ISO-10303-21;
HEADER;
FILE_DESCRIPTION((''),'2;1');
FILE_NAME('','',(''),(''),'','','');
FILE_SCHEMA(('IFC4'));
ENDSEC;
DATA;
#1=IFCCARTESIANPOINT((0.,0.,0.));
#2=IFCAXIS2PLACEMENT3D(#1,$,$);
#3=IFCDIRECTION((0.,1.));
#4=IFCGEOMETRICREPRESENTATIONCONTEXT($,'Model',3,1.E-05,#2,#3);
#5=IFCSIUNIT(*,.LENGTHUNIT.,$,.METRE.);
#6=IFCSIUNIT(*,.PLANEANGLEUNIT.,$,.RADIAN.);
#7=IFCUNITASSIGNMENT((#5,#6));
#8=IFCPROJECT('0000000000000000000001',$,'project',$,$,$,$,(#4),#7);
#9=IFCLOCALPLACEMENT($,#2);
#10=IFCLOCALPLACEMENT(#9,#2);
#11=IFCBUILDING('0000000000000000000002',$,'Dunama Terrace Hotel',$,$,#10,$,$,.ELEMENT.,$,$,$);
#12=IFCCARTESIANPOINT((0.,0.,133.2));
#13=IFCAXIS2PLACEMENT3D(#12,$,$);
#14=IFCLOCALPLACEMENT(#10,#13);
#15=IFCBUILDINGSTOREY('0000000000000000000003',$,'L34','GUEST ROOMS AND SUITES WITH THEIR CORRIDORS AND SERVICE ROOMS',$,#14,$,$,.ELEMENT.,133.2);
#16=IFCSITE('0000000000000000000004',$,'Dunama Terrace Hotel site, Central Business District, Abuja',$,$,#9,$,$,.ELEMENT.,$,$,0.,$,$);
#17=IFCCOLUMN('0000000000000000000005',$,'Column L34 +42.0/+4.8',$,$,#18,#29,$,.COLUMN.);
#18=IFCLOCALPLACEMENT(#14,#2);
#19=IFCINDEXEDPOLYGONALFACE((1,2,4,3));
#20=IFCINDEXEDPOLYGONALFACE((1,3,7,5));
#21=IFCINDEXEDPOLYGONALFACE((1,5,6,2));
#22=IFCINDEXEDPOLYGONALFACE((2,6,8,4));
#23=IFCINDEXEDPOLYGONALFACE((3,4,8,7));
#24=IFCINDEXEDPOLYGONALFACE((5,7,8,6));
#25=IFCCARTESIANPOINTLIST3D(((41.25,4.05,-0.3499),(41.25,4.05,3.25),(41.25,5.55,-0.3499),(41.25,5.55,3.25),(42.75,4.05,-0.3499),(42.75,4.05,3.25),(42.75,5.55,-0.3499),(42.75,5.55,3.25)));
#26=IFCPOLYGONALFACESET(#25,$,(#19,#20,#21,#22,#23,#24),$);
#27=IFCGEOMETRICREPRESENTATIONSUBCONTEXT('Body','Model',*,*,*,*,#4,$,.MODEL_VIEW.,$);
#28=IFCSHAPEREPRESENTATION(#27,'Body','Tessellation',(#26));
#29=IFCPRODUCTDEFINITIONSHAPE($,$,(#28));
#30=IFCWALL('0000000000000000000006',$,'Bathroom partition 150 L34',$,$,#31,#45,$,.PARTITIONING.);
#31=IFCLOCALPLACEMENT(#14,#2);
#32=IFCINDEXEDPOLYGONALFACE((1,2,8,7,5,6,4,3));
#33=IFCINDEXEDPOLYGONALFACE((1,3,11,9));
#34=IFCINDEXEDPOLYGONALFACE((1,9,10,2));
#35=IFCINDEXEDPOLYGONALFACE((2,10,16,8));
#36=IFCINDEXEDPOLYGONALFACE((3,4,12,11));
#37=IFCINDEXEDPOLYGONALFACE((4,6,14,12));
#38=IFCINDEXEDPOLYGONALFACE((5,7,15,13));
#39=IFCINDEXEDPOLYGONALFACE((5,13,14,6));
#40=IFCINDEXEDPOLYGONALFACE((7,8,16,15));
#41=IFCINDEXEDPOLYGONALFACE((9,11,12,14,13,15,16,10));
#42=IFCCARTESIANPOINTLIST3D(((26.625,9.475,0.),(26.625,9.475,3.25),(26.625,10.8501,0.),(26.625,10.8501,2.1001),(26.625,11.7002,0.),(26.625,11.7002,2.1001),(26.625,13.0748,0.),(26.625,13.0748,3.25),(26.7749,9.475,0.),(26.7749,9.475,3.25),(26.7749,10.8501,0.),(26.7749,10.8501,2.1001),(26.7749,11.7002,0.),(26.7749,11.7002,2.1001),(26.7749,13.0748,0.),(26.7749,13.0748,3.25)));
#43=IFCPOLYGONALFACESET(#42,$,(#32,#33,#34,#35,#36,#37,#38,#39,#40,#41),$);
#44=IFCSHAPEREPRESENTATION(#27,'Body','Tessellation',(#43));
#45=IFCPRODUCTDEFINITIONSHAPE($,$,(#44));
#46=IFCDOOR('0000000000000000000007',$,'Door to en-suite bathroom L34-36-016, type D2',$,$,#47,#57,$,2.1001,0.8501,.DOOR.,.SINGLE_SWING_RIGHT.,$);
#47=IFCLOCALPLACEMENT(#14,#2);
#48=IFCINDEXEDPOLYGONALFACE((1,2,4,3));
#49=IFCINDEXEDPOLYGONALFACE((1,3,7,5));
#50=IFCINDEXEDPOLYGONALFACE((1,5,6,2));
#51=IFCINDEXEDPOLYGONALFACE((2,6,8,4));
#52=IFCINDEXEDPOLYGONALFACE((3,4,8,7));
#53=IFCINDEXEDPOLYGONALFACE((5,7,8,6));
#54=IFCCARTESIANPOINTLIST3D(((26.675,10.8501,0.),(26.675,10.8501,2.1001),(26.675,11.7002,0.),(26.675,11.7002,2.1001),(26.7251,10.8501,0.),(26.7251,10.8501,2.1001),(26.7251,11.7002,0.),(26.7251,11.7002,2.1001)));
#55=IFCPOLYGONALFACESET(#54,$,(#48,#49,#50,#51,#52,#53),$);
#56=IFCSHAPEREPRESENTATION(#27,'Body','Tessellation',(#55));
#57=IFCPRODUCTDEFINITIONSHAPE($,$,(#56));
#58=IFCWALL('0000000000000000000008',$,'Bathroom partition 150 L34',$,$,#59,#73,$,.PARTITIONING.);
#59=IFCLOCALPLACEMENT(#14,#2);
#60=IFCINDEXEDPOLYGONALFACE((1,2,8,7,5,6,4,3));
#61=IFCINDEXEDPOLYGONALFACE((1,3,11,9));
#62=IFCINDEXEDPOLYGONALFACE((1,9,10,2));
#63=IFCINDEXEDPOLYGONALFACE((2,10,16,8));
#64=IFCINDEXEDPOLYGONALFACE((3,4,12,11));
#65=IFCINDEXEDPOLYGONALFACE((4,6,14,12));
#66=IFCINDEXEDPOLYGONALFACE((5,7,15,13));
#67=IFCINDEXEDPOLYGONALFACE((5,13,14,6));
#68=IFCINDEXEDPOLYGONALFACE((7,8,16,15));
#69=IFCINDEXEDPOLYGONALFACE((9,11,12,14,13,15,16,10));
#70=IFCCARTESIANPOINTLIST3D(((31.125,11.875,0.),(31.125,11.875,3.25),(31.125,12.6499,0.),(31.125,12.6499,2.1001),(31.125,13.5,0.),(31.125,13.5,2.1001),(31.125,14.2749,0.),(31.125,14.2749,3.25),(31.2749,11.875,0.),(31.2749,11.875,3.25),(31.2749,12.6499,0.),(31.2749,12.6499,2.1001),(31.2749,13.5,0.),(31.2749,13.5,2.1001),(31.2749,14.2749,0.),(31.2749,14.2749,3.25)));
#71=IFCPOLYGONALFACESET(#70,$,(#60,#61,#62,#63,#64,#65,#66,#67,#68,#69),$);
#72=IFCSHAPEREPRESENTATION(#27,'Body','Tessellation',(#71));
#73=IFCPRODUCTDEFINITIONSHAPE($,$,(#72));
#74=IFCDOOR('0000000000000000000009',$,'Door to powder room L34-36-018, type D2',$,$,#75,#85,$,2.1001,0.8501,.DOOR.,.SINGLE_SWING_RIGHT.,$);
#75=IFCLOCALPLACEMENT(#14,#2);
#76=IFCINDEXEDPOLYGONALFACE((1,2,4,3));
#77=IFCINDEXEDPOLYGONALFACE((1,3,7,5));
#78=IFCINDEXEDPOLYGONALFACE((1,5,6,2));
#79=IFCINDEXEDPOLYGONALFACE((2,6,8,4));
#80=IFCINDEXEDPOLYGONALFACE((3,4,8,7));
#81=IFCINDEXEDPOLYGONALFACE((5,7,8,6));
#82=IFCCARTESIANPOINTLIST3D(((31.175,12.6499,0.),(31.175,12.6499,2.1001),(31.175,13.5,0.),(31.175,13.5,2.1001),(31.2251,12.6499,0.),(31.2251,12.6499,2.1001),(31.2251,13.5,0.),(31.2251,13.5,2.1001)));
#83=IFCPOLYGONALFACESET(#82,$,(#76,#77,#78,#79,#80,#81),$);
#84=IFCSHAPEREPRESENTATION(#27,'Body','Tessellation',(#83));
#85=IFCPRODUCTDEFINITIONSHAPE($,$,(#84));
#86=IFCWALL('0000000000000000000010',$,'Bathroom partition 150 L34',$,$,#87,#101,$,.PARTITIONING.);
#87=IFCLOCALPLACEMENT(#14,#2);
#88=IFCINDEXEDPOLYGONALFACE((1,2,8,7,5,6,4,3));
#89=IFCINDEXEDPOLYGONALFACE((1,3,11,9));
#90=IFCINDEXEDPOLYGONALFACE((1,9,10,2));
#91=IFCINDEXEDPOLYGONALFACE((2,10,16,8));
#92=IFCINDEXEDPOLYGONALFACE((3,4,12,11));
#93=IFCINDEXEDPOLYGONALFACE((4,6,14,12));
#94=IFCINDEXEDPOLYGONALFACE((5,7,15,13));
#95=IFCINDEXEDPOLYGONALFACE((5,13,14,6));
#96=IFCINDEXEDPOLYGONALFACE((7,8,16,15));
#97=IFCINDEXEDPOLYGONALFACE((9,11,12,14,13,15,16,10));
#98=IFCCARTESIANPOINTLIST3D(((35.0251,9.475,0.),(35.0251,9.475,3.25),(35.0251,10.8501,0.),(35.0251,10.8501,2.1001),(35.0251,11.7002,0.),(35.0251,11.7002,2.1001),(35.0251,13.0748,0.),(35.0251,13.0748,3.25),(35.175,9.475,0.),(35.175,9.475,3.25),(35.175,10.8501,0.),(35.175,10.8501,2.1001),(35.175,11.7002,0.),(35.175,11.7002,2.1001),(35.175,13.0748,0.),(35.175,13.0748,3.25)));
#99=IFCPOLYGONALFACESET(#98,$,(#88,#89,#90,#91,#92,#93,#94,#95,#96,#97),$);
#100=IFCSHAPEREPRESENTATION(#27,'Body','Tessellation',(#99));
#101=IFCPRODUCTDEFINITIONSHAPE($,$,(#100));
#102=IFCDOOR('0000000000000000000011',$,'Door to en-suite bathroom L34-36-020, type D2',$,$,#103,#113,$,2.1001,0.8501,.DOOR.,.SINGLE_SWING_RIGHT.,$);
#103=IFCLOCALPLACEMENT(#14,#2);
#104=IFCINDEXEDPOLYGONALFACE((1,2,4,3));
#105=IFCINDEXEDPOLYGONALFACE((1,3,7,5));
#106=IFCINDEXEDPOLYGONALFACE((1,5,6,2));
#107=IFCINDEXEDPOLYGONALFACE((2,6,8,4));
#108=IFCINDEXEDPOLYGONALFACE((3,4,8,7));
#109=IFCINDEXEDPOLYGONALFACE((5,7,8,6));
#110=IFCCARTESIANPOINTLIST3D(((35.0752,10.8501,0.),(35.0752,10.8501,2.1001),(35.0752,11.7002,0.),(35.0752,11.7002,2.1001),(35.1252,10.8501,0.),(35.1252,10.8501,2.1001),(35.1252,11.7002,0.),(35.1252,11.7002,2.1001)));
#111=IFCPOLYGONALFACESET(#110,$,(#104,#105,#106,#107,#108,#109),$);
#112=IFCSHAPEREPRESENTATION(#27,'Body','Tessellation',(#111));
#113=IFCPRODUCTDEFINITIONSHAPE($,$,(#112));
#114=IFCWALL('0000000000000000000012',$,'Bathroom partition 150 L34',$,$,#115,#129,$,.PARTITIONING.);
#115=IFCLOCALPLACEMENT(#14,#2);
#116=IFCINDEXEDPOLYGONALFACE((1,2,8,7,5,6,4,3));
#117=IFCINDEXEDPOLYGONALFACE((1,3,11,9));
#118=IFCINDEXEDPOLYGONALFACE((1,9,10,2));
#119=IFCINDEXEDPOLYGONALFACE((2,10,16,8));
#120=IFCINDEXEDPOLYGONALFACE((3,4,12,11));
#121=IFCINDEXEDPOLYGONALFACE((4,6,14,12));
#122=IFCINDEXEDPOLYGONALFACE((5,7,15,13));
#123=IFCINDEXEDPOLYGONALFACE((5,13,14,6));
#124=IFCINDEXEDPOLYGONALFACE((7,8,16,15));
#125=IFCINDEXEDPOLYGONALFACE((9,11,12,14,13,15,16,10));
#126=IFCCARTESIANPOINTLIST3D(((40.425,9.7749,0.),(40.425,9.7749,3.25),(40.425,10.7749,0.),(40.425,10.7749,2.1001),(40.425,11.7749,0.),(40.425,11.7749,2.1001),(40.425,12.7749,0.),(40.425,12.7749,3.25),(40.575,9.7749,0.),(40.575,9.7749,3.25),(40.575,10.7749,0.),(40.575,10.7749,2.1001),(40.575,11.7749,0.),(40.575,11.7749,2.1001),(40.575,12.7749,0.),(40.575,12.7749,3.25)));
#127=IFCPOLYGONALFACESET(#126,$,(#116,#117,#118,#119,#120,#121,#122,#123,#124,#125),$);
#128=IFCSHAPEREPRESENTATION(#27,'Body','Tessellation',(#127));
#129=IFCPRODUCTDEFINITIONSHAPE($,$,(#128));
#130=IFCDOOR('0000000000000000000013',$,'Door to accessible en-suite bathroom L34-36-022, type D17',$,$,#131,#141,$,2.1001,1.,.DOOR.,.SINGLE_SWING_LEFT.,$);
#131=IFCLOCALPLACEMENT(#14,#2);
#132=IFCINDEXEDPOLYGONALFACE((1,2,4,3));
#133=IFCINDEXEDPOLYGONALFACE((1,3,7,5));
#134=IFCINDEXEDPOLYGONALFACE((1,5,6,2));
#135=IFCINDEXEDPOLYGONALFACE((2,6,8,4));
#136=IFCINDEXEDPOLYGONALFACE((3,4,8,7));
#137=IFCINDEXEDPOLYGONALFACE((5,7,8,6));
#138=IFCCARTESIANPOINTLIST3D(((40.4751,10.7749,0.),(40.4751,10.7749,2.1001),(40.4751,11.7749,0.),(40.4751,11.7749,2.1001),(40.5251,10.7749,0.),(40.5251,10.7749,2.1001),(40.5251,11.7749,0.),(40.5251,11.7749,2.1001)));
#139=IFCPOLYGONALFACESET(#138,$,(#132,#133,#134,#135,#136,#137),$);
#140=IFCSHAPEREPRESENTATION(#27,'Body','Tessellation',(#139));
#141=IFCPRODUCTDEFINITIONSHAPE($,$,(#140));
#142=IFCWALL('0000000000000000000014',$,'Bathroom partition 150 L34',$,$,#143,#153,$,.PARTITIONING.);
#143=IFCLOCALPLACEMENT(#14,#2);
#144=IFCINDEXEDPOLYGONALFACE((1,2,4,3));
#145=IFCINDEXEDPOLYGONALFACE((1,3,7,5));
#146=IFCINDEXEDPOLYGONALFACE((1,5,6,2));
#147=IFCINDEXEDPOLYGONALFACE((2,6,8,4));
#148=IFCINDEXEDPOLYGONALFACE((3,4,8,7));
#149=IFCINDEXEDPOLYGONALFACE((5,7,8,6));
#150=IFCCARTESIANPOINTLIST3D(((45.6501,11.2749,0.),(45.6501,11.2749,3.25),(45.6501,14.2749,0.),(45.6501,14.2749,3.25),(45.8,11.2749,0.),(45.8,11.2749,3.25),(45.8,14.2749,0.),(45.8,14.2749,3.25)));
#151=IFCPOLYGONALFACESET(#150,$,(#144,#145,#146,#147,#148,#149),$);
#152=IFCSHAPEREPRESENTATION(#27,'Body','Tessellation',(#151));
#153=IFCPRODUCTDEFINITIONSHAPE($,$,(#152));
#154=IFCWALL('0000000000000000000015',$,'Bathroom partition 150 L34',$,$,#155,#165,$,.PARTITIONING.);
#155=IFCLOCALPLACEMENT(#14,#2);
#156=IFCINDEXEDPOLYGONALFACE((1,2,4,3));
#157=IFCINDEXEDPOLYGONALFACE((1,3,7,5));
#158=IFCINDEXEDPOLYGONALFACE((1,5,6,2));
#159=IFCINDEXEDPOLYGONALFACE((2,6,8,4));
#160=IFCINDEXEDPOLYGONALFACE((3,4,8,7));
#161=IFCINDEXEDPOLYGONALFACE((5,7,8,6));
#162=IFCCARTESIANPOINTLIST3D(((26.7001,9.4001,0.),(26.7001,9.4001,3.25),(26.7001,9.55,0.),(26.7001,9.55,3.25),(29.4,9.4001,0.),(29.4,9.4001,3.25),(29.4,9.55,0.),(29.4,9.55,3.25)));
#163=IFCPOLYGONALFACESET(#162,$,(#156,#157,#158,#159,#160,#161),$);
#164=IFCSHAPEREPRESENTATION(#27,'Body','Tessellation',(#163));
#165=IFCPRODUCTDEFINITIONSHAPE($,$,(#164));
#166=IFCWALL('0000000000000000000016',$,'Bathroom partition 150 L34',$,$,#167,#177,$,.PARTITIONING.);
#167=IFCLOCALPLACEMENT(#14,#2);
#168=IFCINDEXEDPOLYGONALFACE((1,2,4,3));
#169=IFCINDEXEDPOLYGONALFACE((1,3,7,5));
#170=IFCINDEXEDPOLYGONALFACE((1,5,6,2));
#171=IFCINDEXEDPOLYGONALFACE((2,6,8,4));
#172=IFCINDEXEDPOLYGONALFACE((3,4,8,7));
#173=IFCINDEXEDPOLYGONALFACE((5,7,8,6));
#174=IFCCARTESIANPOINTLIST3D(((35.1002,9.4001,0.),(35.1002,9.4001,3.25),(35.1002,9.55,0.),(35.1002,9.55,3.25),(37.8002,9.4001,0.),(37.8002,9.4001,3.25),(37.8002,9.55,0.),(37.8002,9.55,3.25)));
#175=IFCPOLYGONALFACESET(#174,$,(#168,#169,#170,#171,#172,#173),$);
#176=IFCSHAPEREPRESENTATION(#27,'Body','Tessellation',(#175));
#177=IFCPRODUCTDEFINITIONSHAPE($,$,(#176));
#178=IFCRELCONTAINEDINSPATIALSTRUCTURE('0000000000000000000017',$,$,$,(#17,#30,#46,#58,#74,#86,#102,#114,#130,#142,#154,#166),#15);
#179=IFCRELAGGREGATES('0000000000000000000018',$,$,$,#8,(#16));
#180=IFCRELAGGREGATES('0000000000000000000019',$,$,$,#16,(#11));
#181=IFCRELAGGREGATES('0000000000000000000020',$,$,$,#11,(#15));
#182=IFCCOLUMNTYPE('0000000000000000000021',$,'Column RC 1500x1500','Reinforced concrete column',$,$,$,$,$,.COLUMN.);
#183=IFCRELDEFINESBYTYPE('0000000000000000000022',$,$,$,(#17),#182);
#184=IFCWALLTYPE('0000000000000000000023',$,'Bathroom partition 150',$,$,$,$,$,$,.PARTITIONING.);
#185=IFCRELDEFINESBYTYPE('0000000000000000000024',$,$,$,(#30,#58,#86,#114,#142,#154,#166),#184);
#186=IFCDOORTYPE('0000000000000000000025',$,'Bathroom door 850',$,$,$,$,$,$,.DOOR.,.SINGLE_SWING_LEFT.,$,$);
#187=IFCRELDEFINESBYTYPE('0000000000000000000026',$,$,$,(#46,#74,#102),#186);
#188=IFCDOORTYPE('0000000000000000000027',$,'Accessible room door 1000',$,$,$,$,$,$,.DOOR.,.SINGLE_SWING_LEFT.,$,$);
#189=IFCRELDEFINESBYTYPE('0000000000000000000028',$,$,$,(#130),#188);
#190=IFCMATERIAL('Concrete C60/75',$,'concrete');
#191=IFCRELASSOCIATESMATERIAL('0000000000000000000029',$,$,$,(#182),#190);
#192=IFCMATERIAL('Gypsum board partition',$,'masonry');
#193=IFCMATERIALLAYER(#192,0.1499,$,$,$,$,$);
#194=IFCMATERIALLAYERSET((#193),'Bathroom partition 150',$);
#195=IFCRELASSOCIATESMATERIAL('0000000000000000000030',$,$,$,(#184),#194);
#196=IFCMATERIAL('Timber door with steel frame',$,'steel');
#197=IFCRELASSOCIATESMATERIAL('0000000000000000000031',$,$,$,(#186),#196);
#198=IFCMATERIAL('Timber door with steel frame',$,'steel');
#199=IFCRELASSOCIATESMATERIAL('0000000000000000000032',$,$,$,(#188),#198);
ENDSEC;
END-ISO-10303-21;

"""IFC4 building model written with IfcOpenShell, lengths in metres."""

from ifc_helpers import new_model, si_unit, direction, frame, frame_2d, origin, origin_2d, place, context, subcontext, project, spatial, rectangle, extrude, material, layer, layer_set, material_profile, profile_set, type_object, element, fill, save


model = new_model("IFC4")

# Units and contexts
model_context = context("Model", 3, precision=1e-05, world=origin(), true_north=direction((0.0, 1.0)))
body_context = subcontext(model_context, "Body", "Model", "MODEL_VIEW")
ifc_project = project(units=[si_unit("LENGTHUNIT", "METRE"), si_unit("PLANEANGLEUNIT", "RADIAN")], contexts=[model_context])

# Site, building, storey
site_placement = place(None, origin())
site = spatial("IfcSite", under=ifc_project, at=site_placement, Name="Dunama Terrace Hotel site, Central Business District, Abuja", CompositionType="ELEMENT", RefElevation=0.0)
building_placement = place(site_placement, origin())
building = spatial("IfcBuilding", under=site, at=building_placement, Name="Dunama Terrace Hotel", CompositionType="ELEMENT")
storey_placement = place(building_placement, frame((0.0, 0.0, 133.2)))
storey = spatial("IfcBuildingStorey", under=building, at=storey_placement, Name="L34", Description="GUEST ROOMS AND SUITES WITH THEIR CORRIDORS AND SERVICE ROOMS", CompositionType="ELEMENT", Elevation=133.2)

# Column
ifc_material_1 = material(Name="Concrete C60/75", Category="concrete")
ifc_material_profile = material_profile(ifc_material_1, rectangle(XDim=1.5, YDim=1.5, at=origin_2d()), Name="RC 1500x1500")
ifc_profile_set = profile_set([ifc_material_profile], Name="Concrete C60/75")
column_type = type_object("IfcColumnType", Name="Column RC 1500x1500", Description="Reinforced concrete column", PredefinedType="COLUMN", material=ifc_profile_set)
column_placement = place(storey_placement, frame((42.0, 4.8, -0.3499), z_axis=(0.0, 0.0, 1.0), x_axis=(1.0, 0.0, 0.0)))
element("IfcColumn", 1, at=column_placement, inside=storey, type_object=column_type, Name="Column L34 +42.0/+4.8", PredefinedType="COLUMN", context=body_context, shape_type="SweptSolid", body=[
    extrude(rectangle(XDim=1.5, YDim=1.5, at=origin_2d()), origin(), (0.0, 0.0, 1.0), 3.5999),
])

# Walls, openings, doors
ifc_material_2 = material(Name="Gypsum board partition", Category="masonry")
ifc_layer = layer(ifc_material_2, 0.1499)
ifc_layer_set = layer_set([ifc_layer], Name="Bathroom partition 150")
wall_type = type_object("IfcWallType", Name="Bathroom partition 150", PredefinedType="PARTITIONING", material=ifc_layer_set)
wall_1_placement = place(storey_placement, frame((26.7, 9.4751, 0.0), z_axis=(0.0, 0.0, 1.0), x_axis=(0.0, 1.0, 0.0)))
wall_1 = element("IfcWall", 2, at=wall_1_placement, inside=storey, type_object=wall_type, Name="Bathroom partition 150 L34", PredefinedType="PARTITIONING", context=body_context, shape_type="SweptSolid", body=[
    extrude(rectangle(XDim=3.5999, YDim=0.1499, at=frame_2d((1.7998, 0.0))), origin(), (0.0, 0.0, 1.0), 3.25),
])
opening_1_placement = place(wall_1_placement, frame((1.375, 0.0, 0.0)))
opening_1 = element("IfcOpeningElement", 3, at=opening_1_placement, cuts=wall_1, PredefinedType="OPENING", context=body_context, shape_type="SweptSolid", body=[
    extrude(rectangle(XDim=0.8501, YDim=2.1001, at=frame_2d((0.425, 1.05))), frame((0.0, 0.085, 0.0), z_axis=(0.0, -1.0, 0.0), x_axis=(1.0, 0.0, 0.0)), (0.0, 0.0, 1.0), 0.1699),
])
ifc_material_3 = material(Name="Timber door with steel frame", Category="steel")
door_type_1 = type_object("IfcDoorType", Name="Bathroom door 850", OperationType="SINGLE_SWING_LEFT", PredefinedType="DOOR", material=ifc_material_3)
door_1_placement = place(opening_1_placement, frame((0.8501, 0.0, 0.0), z_axis=(0.0, 0.0, 1.0), x_axis=(-1.0, 0.0, 0.0)))
door_1 = element("IfcDoor", 4, at=door_1_placement, inside=storey, type_object=door_type_1, Name="Door to en-suite bathroom L34-36-016, type D2", OperationType="SINGLE_SWING_RIGHT", OverallHeight=2.1001, OverallWidth=0.8501, PredefinedType="DOOR", context=body_context, shape_type="SweptSolid", body=[
    extrude(rectangle(XDim=0.8501, YDim=2.1001, at=frame_2d((0.425, 1.05))), frame((0.0, 0.0251, 0.0), z_axis=(0.0, -1.0, 0.0), x_axis=(1.0, 0.0, 0.0)), (0.0, 0.0, 1.0), 0.05),
])
fill(opening_1, door_1)
wall_2_placement = place(storey_placement, frame((31.2, 11.875, 0.0), z_axis=(0.0, 0.0, 1.0), x_axis=(0.0, 1.0, 0.0)))
wall_2 = element("IfcWall", 5, at=wall_2_placement, inside=storey, type_object=wall_type, Name="Bathroom partition 150 L34", PredefinedType="PARTITIONING", context=body_context, shape_type="SweptSolid", body=[
    extrude(rectangle(XDim=2.3999, YDim=0.1499, at=frame_2d((1.2, 0.0))), origin(), (0.0, 0.0, 1.0), 3.25),
])
opening_2_placement = place(wall_2_placement, frame((0.7749, 0.0, 0.0)))
opening_2 = element("IfcOpeningElement", 6, at=opening_2_placement, cuts=wall_2, PredefinedType="OPENING", context=body_context, shape_type="SweptSolid", body=[
    extrude(rectangle(XDim=0.8501, YDim=2.1001, at=frame_2d((0.425, 1.05))), frame((0.0, 0.085, 0.0), z_axis=(0.0, -1.0, 0.0), x_axis=(1.0, 0.0, 0.0)), (0.0, 0.0, 1.0), 0.1699),
])
door_2_placement = place(opening_2_placement, origin())
door_2 = element("IfcDoor", 7, at=door_2_placement, inside=storey, type_object=door_type_1, Name="Door to powder room L34-36-018, type D2", OperationType="SINGLE_SWING_RIGHT", OverallHeight=2.1001, OverallWidth=0.8501, PredefinedType="DOOR", context=body_context, shape_type="SweptSolid", body=[
    extrude(rectangle(XDim=0.8501, YDim=2.1001, at=frame_2d((0.425, 1.05))), frame((0.0, 0.0249, 0.0), z_axis=(0.0, -1.0, 0.0), x_axis=(1.0, 0.0, 0.0)), (0.0, 0.0, 1.0), 0.05),
])
fill(opening_2, door_2)
wall_3_placement = place(storey_placement, frame((35.1001, 9.4751, 0.0), z_axis=(0.0, 0.0, 1.0), x_axis=(0.0, 1.0, 0.0)))
wall_3 = element("IfcWall", 8, at=wall_3_placement, inside=storey, type_object=wall_type, Name="Bathroom partition 150 L34", PredefinedType="PARTITIONING", context=body_context, shape_type="SweptSolid", body=[
    extrude(rectangle(XDim=3.5999, YDim=0.1499, at=frame_2d((1.7998, 0.0))), origin(), (0.0, 0.0, 1.0), 3.25),
])
opening_3_placement = place(wall_3_placement, frame((1.375, 0.0, 0.0)))
opening_3 = element("IfcOpeningElement", 9, at=opening_3_placement, cuts=wall_3, PredefinedType="OPENING", context=body_context, shape_type="SweptSolid", body=[
    extrude(rectangle(XDim=0.8501, YDim=2.1001, at=frame_2d((0.425, 1.05))), frame((0.0, 0.085, 0.0), z_axis=(0.0, -1.0, 0.0), x_axis=(1.0, 0.0, 0.0)), (0.0, 0.0, 1.0), 0.1699),
])
door_3_placement = place(opening_3_placement, frame((0.8501, 0.0, 0.0), z_axis=(0.0, 0.0, 1.0), x_axis=(-1.0, 0.0, 0.0)))
door_3 = element("IfcDoor", 10, at=door_3_placement, inside=storey, type_object=door_type_1, Name="Door to en-suite bathroom L34-36-020, type D2", OperationType="SINGLE_SWING_RIGHT", OverallHeight=2.1001, OverallWidth=0.8501, PredefinedType="DOOR", context=body_context, shape_type="SweptSolid", body=[
    extrude(rectangle(XDim=0.8501, YDim=2.1001, at=frame_2d((0.425, 1.05))), frame((0.0, 0.0251, 0.0), z_axis=(0.0, -1.0, 0.0), x_axis=(1.0, 0.0, 0.0)), (0.0, 0.0, 1.0), 0.05),
])
fill(opening_3, door_3)
wall_4_placement = place(storey_placement, frame((40.5, 9.7749, 0.0), z_axis=(0.0, 0.0, 1.0), x_axis=(0.0, 1.0, 0.0)))
wall_4 = element("IfcWall", 11, at=wall_4_placement, inside=storey, type_object=wall_type, Name="Bathroom partition 150 L34", PredefinedType="PARTITIONING", context=body_context, shape_type="SweptSolid", body=[
    extrude(rectangle(XDim=3.0, YDim=0.1499, at=frame_2d((1.5, 0.0))), origin(), (0.0, 0.0, 1.0), 3.25),
])
opening_4_placement = place(wall_4_placement, frame((1.0, 0.0, 0.0)))
opening_4 = element("IfcOpeningElement", 12, at=opening_4_placement, cuts=wall_4, PredefinedType="OPENING", context=body_context, shape_type="SweptSolid", body=[
    extrude(rectangle(XDim=1.0, YDim=2.1001, at=frame_2d((0.5, 1.05))), frame((0.0, 0.085, 0.0), z_axis=(0.0, -1.0, 0.0), x_axis=(1.0, 0.0, 0.0)), (0.0, 0.0, 1.0), 0.1699),
])
ifc_material_4 = material(Name="Timber door with steel frame", Category="steel")
door_type_2 = type_object("IfcDoorType", Name="Accessible room door 1000", OperationType="SINGLE_SWING_LEFT", PredefinedType="DOOR", material=ifc_material_4)
door_4_placement = place(opening_4_placement, origin())
door_4 = element("IfcDoor", 13, at=door_4_placement, inside=storey, type_object=door_type_2, Name="Door to accessible en-suite bathroom L34-36-022, type D17", OperationType="SINGLE_SWING_LEFT", OverallHeight=2.1001, OverallWidth=1.0, PredefinedType="DOOR", context=body_context, shape_type="SweptSolid", body=[
    extrude(rectangle(XDim=1.0, YDim=2.1001, at=frame_2d((0.5, 1.05))), frame((0.0, 0.0249, 0.0), z_axis=(0.0, -1.0, 0.0), x_axis=(1.0, 0.0, 0.0)), (0.0, 0.0, 1.0), 0.05),
])
fill(opening_4, door_4)

# Walls
wall_5_placement = place(storey_placement, frame((45.7251, 11.2749, 0.0), z_axis=(0.0, 0.0, 1.0), x_axis=(0.0, 1.0, 0.0)))
element("IfcWall", 14, at=wall_5_placement, inside=storey, type_object=wall_type, Name="Bathroom partition 150 L34", PredefinedType="PARTITIONING", context=body_context, shape_type="SweptSolid", body=[
    extrude(rectangle(XDim=3.0, YDim=0.1499, at=frame_2d((1.5, 0.0))), origin(), (0.0, 0.0, 1.0), 3.25),
])
for number, where, z_axis, x_axis, name in (
    (15, (26.7, 9.4751, 0.0), (0.0, 0.0, 1.0), (1.0, 0.0, 0.0), "Bathroom partition 150 L34"),
    (16, (35.1001, 9.4751, 0.0), (0.0, 0.0, 1.0), (1.0, 0.0, 0.0), "Bathroom partition 150 L34"),
):
    element("IfcWall", number, at=place(storey_placement, frame(where, z_axis=z_axis, x_axis=x_axis)), inside=storey, type_object=wall_type, Name=name, PredefinedType="PARTITIONING", context=body_context, shape_type="SweptSolid", body=[
        extrude(rectangle(XDim=2.7, YDim=0.1499, at=frame_2d((1.3501, 0.0))), origin(), (0.0, 0.0, 1.0), 3.25),
    ])

save(model, "model.ifc")
